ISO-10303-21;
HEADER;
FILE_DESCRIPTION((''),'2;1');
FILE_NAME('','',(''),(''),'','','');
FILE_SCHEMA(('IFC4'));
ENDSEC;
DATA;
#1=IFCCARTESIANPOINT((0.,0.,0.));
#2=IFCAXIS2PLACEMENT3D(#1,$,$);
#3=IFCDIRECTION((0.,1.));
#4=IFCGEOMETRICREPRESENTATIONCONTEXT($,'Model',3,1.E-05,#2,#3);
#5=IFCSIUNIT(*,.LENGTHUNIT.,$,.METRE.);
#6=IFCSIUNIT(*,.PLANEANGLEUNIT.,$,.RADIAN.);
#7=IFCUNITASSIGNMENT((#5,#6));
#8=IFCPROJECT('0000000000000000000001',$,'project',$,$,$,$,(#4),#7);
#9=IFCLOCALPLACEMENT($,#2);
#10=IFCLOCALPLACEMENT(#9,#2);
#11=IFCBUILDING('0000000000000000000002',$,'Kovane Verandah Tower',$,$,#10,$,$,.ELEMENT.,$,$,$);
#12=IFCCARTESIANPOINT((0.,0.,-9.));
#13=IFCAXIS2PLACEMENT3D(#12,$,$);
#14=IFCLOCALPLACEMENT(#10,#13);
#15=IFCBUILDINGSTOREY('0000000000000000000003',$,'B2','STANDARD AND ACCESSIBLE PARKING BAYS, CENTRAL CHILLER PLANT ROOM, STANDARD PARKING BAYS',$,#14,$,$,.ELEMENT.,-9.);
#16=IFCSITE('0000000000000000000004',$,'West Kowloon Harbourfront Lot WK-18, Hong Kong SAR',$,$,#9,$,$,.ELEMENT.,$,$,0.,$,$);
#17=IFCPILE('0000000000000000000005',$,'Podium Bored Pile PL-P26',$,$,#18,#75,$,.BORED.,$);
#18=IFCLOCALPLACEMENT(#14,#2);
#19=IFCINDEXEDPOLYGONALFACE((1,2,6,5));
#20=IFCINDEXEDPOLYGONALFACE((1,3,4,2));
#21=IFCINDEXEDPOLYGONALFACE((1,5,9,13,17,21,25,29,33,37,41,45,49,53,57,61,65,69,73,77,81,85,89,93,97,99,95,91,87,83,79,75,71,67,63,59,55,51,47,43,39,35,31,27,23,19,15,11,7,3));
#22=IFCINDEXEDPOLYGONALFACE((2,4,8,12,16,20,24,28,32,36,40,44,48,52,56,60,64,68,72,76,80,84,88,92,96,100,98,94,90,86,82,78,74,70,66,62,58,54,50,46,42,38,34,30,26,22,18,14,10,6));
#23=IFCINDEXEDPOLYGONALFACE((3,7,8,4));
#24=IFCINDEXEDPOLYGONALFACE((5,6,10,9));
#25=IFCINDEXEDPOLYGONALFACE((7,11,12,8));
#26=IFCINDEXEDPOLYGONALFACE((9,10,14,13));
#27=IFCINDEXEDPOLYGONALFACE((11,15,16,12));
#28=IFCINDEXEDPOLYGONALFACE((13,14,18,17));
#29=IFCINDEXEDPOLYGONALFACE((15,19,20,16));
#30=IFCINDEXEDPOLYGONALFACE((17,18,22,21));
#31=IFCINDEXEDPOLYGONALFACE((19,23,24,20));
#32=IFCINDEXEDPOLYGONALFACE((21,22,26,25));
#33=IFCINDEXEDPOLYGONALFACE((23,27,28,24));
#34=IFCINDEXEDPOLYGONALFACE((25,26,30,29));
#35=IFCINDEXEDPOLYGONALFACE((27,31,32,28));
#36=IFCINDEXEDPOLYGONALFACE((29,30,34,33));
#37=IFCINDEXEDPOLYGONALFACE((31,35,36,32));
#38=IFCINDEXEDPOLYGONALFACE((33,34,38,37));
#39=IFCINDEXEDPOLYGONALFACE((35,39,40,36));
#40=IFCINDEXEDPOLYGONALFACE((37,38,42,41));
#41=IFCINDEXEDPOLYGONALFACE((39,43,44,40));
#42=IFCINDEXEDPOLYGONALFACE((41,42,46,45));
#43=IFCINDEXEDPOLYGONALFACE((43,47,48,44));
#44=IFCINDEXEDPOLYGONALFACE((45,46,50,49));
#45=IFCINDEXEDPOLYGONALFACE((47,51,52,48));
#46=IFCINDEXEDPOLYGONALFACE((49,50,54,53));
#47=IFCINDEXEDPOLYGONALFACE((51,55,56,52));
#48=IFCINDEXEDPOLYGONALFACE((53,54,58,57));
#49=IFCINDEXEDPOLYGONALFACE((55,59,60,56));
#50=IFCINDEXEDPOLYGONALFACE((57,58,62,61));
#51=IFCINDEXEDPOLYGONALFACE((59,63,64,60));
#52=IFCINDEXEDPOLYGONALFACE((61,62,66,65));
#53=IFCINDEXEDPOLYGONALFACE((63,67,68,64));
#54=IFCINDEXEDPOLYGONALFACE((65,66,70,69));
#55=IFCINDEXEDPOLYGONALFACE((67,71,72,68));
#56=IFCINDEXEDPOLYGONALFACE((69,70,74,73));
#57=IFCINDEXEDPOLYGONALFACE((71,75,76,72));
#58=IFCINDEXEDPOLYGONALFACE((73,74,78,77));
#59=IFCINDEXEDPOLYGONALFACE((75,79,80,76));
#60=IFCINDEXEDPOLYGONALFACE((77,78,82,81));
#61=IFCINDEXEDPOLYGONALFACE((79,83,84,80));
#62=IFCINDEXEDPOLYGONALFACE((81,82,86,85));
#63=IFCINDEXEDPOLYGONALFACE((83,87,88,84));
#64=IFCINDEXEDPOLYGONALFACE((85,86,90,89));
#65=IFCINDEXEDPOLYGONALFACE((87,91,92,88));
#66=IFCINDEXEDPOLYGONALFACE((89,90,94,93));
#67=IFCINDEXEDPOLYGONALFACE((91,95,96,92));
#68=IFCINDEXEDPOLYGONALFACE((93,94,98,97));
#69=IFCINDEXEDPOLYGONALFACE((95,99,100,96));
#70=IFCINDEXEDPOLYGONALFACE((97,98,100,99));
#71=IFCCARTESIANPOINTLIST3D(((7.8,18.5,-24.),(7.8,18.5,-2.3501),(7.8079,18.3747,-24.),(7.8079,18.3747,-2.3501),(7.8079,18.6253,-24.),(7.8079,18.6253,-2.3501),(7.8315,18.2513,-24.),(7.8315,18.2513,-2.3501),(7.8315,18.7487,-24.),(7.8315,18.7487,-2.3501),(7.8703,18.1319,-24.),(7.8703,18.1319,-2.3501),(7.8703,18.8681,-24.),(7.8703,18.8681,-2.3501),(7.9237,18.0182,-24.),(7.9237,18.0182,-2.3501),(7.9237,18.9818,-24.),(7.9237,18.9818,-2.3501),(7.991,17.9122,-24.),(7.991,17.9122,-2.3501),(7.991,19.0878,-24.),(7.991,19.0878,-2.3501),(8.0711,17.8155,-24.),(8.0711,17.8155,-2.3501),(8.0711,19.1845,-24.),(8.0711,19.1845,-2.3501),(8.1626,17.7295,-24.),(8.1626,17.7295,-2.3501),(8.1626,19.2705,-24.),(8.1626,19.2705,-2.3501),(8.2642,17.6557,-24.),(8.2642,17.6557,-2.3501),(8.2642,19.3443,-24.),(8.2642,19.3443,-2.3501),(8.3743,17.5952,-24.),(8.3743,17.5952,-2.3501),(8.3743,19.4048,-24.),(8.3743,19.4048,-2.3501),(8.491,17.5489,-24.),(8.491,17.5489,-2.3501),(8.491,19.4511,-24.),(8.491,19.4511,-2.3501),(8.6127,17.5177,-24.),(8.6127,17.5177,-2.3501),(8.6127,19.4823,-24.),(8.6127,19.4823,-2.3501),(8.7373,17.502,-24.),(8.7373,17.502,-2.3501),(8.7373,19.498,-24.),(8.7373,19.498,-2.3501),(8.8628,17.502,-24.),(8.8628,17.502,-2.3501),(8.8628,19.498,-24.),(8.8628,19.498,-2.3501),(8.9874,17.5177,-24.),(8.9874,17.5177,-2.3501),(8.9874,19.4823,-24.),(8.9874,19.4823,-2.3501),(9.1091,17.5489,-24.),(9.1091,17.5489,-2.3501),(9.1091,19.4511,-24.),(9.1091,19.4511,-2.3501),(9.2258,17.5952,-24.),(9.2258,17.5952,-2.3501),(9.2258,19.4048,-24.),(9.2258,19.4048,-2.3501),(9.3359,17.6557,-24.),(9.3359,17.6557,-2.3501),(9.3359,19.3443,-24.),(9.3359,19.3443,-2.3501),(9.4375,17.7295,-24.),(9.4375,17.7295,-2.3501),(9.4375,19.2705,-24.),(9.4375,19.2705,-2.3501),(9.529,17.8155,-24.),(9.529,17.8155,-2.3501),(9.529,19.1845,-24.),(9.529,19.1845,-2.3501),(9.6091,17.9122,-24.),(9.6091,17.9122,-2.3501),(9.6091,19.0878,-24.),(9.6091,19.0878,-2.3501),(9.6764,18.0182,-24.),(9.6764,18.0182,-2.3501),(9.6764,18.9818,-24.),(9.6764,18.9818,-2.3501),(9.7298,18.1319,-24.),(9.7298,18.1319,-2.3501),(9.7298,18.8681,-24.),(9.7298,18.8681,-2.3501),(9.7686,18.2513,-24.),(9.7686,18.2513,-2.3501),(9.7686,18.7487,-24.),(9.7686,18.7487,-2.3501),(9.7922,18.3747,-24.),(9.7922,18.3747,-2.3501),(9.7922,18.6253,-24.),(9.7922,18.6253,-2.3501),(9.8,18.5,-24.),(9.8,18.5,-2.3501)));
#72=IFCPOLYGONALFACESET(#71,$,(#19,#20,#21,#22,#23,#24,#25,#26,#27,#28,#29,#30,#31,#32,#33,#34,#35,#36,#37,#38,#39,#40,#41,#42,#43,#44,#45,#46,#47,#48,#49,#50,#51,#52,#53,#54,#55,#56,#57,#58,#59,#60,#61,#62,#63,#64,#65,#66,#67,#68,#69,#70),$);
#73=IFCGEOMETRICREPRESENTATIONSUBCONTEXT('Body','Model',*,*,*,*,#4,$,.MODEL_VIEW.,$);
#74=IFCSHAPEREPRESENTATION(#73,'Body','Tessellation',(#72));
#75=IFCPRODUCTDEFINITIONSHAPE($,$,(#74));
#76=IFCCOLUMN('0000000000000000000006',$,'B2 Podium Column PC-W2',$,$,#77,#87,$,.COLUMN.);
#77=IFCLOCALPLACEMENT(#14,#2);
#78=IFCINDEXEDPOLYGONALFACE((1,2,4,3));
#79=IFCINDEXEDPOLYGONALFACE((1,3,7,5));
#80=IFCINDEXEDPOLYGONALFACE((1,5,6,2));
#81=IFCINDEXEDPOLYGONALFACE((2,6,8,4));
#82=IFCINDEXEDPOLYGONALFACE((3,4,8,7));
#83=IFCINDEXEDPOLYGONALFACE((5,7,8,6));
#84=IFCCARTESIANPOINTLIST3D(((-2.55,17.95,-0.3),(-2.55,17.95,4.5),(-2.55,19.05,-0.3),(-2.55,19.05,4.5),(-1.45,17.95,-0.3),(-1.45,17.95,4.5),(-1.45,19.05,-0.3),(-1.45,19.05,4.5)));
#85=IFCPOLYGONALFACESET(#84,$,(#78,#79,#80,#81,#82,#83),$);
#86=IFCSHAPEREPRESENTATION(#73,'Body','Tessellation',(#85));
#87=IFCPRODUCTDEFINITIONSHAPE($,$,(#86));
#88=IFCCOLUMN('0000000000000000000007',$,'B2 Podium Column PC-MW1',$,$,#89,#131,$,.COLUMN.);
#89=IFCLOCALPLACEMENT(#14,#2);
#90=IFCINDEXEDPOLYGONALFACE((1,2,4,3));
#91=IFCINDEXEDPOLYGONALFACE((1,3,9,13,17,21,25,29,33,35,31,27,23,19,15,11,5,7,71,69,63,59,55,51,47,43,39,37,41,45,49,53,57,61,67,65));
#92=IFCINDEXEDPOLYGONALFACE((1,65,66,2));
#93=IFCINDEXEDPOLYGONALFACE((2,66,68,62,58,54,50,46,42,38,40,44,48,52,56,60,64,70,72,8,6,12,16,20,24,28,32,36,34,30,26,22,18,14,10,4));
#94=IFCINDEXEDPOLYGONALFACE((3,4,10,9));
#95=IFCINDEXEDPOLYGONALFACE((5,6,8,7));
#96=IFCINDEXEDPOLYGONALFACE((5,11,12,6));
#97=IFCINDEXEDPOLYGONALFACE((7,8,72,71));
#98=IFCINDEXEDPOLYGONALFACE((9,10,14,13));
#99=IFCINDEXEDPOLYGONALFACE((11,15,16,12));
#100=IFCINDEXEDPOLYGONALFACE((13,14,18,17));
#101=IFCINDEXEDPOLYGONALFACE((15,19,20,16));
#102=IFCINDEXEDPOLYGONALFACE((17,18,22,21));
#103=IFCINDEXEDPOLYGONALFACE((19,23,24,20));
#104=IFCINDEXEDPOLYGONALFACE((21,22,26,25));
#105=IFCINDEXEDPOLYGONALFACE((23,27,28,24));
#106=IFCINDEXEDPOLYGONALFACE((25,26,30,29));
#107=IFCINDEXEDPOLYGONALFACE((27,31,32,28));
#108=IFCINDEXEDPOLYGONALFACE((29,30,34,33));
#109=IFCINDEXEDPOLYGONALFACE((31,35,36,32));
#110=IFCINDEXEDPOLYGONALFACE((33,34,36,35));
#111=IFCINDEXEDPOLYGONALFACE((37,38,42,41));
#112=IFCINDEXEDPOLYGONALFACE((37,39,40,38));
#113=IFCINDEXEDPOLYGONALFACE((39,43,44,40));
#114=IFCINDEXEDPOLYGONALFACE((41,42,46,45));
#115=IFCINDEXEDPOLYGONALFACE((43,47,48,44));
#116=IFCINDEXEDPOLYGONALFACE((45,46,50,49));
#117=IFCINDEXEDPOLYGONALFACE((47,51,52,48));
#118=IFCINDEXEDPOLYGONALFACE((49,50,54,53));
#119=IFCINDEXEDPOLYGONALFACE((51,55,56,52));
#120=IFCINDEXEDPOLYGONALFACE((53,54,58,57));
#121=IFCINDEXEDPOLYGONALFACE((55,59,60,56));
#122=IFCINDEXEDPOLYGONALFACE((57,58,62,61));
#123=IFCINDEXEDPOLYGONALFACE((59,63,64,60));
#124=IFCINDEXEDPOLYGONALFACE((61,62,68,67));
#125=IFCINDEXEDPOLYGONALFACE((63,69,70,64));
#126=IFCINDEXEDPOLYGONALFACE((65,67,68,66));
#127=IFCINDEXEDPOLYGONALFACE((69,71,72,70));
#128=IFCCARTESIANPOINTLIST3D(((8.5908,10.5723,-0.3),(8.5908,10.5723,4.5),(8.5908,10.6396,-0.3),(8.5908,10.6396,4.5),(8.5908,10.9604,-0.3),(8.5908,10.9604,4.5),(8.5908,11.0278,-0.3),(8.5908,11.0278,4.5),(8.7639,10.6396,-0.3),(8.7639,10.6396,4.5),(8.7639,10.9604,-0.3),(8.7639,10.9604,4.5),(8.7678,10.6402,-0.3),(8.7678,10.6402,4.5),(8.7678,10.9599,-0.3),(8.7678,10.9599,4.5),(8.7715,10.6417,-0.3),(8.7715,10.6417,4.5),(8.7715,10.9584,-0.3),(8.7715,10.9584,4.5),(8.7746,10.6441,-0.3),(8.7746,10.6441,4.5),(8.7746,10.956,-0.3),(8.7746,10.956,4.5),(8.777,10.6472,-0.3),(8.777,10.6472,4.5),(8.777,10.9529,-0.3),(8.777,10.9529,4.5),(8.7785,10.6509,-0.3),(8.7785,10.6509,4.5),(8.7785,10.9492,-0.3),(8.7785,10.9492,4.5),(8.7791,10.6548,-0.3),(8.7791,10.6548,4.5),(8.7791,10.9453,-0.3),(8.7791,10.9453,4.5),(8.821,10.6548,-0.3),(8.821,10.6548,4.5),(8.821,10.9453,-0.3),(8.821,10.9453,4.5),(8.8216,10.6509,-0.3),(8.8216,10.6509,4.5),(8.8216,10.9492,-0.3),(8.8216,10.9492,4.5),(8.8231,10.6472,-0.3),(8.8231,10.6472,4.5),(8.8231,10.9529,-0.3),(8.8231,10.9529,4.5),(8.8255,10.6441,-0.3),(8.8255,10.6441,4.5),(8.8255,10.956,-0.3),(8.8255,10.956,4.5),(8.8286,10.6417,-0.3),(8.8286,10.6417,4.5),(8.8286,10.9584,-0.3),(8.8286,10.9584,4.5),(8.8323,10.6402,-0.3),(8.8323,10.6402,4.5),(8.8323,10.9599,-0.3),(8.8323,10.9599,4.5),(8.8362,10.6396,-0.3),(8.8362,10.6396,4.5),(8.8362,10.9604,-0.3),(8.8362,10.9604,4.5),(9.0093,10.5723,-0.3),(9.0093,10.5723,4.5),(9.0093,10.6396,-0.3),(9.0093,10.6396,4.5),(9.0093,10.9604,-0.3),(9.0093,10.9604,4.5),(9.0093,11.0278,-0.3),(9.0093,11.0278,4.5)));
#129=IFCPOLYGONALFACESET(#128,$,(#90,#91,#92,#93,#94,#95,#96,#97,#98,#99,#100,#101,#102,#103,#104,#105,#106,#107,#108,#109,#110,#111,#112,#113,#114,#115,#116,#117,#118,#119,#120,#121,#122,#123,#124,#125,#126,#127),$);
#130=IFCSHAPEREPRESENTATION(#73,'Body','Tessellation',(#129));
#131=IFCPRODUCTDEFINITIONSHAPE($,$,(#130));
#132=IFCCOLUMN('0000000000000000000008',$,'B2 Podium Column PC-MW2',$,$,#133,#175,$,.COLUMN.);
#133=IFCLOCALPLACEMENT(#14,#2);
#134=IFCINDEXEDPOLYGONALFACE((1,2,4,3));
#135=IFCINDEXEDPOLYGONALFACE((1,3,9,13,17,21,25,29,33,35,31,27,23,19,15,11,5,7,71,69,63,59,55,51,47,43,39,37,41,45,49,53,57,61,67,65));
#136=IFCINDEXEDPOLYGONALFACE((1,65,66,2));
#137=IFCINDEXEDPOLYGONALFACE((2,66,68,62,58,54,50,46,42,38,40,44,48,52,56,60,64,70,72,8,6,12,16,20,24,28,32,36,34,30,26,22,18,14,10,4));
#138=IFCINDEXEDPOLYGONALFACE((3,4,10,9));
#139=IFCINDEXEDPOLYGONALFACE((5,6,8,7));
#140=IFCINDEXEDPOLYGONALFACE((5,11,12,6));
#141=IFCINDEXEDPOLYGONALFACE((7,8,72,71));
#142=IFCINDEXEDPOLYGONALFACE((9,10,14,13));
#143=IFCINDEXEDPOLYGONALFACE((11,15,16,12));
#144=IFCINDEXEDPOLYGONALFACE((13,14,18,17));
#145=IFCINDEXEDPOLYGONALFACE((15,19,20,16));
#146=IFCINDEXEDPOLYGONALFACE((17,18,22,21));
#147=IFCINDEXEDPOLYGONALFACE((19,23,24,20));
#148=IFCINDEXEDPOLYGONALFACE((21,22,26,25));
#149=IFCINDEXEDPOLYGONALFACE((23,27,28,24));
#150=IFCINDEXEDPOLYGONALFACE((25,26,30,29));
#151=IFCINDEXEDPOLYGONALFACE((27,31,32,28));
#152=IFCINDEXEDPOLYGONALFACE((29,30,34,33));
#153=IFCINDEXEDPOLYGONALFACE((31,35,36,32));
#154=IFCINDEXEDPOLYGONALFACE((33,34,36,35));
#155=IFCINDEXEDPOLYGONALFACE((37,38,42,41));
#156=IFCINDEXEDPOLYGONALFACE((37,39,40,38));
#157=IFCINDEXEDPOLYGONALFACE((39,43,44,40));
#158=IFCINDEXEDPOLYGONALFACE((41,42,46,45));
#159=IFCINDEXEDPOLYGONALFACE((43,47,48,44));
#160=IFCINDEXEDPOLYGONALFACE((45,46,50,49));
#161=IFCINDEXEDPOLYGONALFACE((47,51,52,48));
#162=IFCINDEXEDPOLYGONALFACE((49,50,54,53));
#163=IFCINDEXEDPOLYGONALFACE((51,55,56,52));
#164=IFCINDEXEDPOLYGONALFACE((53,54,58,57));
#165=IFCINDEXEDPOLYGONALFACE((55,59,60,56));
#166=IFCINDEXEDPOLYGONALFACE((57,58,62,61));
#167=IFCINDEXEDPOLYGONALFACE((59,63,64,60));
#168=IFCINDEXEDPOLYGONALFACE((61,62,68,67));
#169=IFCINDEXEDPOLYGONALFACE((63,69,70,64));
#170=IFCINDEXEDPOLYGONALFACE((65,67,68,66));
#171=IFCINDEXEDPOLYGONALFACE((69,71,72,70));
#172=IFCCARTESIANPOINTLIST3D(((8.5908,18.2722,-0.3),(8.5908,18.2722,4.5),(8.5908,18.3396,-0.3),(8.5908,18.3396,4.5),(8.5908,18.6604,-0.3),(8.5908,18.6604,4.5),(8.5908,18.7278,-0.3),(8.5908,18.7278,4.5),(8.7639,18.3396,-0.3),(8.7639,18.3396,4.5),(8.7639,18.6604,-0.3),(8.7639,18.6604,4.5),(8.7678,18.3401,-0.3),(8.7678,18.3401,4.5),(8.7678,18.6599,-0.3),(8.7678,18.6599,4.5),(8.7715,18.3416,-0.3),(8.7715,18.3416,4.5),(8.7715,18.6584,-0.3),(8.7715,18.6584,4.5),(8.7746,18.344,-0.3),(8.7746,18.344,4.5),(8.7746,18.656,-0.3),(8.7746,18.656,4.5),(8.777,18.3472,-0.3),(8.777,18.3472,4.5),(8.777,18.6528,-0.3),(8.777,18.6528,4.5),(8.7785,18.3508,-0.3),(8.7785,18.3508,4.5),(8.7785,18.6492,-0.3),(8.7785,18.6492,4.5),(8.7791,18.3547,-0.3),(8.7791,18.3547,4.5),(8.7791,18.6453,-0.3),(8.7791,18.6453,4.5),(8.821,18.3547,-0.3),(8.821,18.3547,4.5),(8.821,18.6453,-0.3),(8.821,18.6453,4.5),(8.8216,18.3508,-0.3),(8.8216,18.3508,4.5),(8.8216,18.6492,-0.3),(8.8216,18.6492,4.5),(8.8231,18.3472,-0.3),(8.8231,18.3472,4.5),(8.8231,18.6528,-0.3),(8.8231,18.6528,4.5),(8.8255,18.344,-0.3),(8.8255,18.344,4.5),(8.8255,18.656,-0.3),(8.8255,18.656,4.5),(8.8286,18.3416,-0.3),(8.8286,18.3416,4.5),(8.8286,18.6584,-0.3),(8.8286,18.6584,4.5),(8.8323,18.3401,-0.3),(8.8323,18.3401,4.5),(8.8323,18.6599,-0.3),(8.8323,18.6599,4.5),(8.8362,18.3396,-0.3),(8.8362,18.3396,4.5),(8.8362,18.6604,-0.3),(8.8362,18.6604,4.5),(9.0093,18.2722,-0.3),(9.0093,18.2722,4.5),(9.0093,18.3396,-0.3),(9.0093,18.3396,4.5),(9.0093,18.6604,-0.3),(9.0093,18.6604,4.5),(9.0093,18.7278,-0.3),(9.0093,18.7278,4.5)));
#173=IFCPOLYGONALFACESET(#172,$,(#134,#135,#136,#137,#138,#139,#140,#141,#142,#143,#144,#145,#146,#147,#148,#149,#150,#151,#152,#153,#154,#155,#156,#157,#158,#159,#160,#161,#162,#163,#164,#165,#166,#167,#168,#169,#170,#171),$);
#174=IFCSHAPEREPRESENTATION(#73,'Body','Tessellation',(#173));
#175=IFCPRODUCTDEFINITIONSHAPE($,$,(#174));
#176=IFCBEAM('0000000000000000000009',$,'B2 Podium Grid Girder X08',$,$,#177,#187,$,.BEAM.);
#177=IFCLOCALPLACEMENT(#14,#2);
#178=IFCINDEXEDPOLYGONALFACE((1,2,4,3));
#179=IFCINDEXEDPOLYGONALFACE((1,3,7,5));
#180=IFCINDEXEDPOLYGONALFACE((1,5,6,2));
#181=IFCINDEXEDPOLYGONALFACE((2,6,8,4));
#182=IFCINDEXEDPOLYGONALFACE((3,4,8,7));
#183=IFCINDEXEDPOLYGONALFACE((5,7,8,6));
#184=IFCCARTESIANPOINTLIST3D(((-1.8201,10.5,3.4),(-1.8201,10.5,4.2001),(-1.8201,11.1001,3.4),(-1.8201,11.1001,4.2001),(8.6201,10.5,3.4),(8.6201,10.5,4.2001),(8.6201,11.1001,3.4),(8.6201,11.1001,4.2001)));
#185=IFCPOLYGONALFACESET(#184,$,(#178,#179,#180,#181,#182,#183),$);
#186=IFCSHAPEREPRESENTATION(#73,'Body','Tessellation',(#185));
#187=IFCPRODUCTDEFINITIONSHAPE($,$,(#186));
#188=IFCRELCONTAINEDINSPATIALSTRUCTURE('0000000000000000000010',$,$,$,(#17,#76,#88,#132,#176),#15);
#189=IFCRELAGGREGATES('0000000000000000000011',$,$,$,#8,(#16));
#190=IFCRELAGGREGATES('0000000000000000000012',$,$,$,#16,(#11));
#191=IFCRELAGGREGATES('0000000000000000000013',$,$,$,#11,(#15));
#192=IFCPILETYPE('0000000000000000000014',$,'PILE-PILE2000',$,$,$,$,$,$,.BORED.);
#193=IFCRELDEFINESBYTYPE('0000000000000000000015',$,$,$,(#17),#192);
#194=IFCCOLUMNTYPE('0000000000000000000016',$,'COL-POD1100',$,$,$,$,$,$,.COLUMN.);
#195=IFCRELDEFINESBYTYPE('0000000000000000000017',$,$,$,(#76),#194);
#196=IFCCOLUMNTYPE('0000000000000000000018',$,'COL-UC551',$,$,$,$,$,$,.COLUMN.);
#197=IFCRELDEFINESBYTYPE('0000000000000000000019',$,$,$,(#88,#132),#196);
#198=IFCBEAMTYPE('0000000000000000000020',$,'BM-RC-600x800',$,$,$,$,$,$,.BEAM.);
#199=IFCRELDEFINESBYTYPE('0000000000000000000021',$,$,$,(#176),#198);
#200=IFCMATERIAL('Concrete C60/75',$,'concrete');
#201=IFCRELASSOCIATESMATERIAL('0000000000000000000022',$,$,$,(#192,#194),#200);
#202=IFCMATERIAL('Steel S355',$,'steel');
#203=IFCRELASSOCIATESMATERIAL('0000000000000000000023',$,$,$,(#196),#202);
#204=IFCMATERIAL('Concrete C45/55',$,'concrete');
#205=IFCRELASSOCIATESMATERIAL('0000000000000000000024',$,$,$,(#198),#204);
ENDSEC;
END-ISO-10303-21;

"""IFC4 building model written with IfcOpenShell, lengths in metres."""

from ifc_helpers import new_model, si_unit, direction, frame, origin, origin_2d, place, context, subcontext, project, spatial, rectangle, circle, i_section, extrude, material, material_profile, profile_set, type_object, element, save


model = new_model("IFC4")

# Units and contexts
model_context = context("Model", 3, precision=1e-05, world=origin(), true_north=direction((0.0, 1.0)))
body_context = subcontext(model_context, "Body", "Model", "MODEL_VIEW")
ifc_project = project(units=[si_unit("LENGTHUNIT", "METRE"), si_unit("PLANEANGLEUNIT", "RADIAN")], contexts=[model_context])

# Site, building, storey
site_placement = place(None, origin())
site = spatial("IfcSite", under=ifc_project, at=site_placement, Name="West Kowloon Harbourfront Lot WK-18, Hong Kong SAR", CompositionType="ELEMENT", RefElevation=0.0)
building_placement = place(site_placement, origin())
building = spatial("IfcBuilding", under=site, at=building_placement, Name="Kovane Verandah Tower", CompositionType="ELEMENT")
storey_placement = place(building_placement, frame((0.0, 0.0, -9.0)))
storey = spatial("IfcBuildingStorey", under=building, at=storey_placement, Name="B2", Description="STANDARD AND ACCESSIBLE PARKING BAYS, CENTRAL CHILLER PLANT ROOM, STANDARD PARKING BAYS", CompositionType="ELEMENT", Elevation=-9.0)

# Shared definitions
ifc_material_1 = material(Name="Concrete C60/75", Category="concrete")

# Pile
ifc_material_profile_1 = material_profile(ifc_material_1, circle(Radius=1.0, at=origin_2d()), Name="PILE2000")
ifc_profile_set_1 = profile_set([ifc_material_profile_1], Name="Concrete C60/75")
pile_type = type_object("IfcPileType", Name="PILE-PILE2000", PredefinedType="BORED", material=ifc_profile_set_1)
for number, where, z_axis, x_axis, name in (
    (1, (8.8, 18.5, -2.3501), (0.0, 0.0, -1.0), (1.0, 0.0, 0.0), "Podium Bored Pile PL-P26"),
):
    element("IfcPile", number, at=place(storey_placement, frame(where, z_axis=z_axis, x_axis=x_axis)), inside=storey, type_object=pile_type, Name=name, PredefinedType="BORED", context=body_context, shape_type="SweptSolid", body=[
        extrude(circle(Radius=1.0, at=origin_2d()), origin(), (0.0, 0.0, 1.0), 21.6499),
    ])

# Columns
ifc_material_profile_2 = material_profile(ifc_material_1, rectangle(XDim=1.1001, YDim=1.1001, at=origin_2d()), Name="RC1100x1100")
ifc_profile_set_2 = profile_set([ifc_material_profile_2], Name="Concrete C60/75")
column_type_1 = type_object("IfcColumnType", Name="COL-POD1100", PredefinedType="COLUMN", material=ifc_profile_set_2)
column_placement = place(storey_placement, frame((-2.0, 18.5, -0.3), z_axis=(0.0, 0.0, 1.0), x_axis=(1.0, 0.0, 0.0)))
element("IfcColumn", 2, at=column_placement, inside=storey, type_object=column_type_1, Name="B2 Podium Column PC-W2", PredefinedType="COLUMN", context=body_context, shape_type="SweptSolid", body=[
    extrude(rectangle(XDim=1.1001, YDim=1.1001, at=origin_2d()), origin(), (0.0, 0.0, 1.0), 4.8),
])
ifc_material_2 = material(Name="Steel S355", Category="steel")
ifc_material_profile_3 = material_profile(ifc_material_2, i_section(OverallWidth=0.4185, OverallDepth=0.4556, WebThickness=0.042, FlangeThickness=0.0674, FilletRadius=0.0151, at=origin_2d()), Name="UC356x406x551")
ifc_profile_set_3 = profile_set([ifc_material_profile_3], Name="Steel S355")
column_type_2 = type_object("IfcColumnType", Name="COL-UC551", PredefinedType="COLUMN", material=ifc_profile_set_3)
for number, where, z_axis, x_axis, name in (
    (3, (8.8, 10.8, -0.3), (0.0, 0.0, 1.0), (1.0, 0.0, 0.0), "B2 Podium Column PC-MW1"),
    (4, (8.8, 18.5, -0.3), (0.0, 0.0, 1.0), (1.0, 0.0, 0.0), "B2 Podium Column PC-MW2"),
):
    element("IfcColumn", number, at=place(storey_placement, frame(where, z_axis=z_axis, x_axis=x_axis)), inside=storey, type_object=column_type_2, Name=name, PredefinedType="COLUMN", context=body_context, shape_type="SweptSolid", body=[
        extrude(i_section(OverallWidth=0.4185, OverallDepth=0.4556, WebThickness=0.042, FlangeThickness=0.0674, FilletRadius=0.0151, at=origin_2d()), origin(), (0.0, 0.0, 1.0), 4.8),
    ])

# Beam
ifc_material_3 = material(Name="Concrete C45/55", Category="concrete")
ifc_material_profile_4 = material_profile(ifc_material_3, rectangle(XDim=0.6001, YDim=0.8, at=origin_2d()), Name="RCB600x800")
ifc_profile_set_4 = profile_set([ifc_material_profile_4], Name="Concrete C45/55")
beam_type = type_object("IfcBeamType", Name="BM-RC-600x800", PredefinedType="BEAM", material=ifc_profile_set_4)
beam_1_placement = place(storey_placement, frame((-1.8201, 10.8, 3.8), z_axis=(1.0, 0.0, 0.0), x_axis=(0.0, 1.0, 0.0)))
element("IfcBeam", 5, at=beam_1_placement, inside=storey, type_object=beam_type, Name="B2 Podium Grid Girder X08", PredefinedType="BEAM", context=body_context, shape_type="SweptSolid", body=[
    extrude(rectangle(XDim=0.6001, YDim=0.8, at=origin_2d()), origin(), (0.0, 0.0, 1.0), 10.4402),
])

save(model, "model.ifc")
